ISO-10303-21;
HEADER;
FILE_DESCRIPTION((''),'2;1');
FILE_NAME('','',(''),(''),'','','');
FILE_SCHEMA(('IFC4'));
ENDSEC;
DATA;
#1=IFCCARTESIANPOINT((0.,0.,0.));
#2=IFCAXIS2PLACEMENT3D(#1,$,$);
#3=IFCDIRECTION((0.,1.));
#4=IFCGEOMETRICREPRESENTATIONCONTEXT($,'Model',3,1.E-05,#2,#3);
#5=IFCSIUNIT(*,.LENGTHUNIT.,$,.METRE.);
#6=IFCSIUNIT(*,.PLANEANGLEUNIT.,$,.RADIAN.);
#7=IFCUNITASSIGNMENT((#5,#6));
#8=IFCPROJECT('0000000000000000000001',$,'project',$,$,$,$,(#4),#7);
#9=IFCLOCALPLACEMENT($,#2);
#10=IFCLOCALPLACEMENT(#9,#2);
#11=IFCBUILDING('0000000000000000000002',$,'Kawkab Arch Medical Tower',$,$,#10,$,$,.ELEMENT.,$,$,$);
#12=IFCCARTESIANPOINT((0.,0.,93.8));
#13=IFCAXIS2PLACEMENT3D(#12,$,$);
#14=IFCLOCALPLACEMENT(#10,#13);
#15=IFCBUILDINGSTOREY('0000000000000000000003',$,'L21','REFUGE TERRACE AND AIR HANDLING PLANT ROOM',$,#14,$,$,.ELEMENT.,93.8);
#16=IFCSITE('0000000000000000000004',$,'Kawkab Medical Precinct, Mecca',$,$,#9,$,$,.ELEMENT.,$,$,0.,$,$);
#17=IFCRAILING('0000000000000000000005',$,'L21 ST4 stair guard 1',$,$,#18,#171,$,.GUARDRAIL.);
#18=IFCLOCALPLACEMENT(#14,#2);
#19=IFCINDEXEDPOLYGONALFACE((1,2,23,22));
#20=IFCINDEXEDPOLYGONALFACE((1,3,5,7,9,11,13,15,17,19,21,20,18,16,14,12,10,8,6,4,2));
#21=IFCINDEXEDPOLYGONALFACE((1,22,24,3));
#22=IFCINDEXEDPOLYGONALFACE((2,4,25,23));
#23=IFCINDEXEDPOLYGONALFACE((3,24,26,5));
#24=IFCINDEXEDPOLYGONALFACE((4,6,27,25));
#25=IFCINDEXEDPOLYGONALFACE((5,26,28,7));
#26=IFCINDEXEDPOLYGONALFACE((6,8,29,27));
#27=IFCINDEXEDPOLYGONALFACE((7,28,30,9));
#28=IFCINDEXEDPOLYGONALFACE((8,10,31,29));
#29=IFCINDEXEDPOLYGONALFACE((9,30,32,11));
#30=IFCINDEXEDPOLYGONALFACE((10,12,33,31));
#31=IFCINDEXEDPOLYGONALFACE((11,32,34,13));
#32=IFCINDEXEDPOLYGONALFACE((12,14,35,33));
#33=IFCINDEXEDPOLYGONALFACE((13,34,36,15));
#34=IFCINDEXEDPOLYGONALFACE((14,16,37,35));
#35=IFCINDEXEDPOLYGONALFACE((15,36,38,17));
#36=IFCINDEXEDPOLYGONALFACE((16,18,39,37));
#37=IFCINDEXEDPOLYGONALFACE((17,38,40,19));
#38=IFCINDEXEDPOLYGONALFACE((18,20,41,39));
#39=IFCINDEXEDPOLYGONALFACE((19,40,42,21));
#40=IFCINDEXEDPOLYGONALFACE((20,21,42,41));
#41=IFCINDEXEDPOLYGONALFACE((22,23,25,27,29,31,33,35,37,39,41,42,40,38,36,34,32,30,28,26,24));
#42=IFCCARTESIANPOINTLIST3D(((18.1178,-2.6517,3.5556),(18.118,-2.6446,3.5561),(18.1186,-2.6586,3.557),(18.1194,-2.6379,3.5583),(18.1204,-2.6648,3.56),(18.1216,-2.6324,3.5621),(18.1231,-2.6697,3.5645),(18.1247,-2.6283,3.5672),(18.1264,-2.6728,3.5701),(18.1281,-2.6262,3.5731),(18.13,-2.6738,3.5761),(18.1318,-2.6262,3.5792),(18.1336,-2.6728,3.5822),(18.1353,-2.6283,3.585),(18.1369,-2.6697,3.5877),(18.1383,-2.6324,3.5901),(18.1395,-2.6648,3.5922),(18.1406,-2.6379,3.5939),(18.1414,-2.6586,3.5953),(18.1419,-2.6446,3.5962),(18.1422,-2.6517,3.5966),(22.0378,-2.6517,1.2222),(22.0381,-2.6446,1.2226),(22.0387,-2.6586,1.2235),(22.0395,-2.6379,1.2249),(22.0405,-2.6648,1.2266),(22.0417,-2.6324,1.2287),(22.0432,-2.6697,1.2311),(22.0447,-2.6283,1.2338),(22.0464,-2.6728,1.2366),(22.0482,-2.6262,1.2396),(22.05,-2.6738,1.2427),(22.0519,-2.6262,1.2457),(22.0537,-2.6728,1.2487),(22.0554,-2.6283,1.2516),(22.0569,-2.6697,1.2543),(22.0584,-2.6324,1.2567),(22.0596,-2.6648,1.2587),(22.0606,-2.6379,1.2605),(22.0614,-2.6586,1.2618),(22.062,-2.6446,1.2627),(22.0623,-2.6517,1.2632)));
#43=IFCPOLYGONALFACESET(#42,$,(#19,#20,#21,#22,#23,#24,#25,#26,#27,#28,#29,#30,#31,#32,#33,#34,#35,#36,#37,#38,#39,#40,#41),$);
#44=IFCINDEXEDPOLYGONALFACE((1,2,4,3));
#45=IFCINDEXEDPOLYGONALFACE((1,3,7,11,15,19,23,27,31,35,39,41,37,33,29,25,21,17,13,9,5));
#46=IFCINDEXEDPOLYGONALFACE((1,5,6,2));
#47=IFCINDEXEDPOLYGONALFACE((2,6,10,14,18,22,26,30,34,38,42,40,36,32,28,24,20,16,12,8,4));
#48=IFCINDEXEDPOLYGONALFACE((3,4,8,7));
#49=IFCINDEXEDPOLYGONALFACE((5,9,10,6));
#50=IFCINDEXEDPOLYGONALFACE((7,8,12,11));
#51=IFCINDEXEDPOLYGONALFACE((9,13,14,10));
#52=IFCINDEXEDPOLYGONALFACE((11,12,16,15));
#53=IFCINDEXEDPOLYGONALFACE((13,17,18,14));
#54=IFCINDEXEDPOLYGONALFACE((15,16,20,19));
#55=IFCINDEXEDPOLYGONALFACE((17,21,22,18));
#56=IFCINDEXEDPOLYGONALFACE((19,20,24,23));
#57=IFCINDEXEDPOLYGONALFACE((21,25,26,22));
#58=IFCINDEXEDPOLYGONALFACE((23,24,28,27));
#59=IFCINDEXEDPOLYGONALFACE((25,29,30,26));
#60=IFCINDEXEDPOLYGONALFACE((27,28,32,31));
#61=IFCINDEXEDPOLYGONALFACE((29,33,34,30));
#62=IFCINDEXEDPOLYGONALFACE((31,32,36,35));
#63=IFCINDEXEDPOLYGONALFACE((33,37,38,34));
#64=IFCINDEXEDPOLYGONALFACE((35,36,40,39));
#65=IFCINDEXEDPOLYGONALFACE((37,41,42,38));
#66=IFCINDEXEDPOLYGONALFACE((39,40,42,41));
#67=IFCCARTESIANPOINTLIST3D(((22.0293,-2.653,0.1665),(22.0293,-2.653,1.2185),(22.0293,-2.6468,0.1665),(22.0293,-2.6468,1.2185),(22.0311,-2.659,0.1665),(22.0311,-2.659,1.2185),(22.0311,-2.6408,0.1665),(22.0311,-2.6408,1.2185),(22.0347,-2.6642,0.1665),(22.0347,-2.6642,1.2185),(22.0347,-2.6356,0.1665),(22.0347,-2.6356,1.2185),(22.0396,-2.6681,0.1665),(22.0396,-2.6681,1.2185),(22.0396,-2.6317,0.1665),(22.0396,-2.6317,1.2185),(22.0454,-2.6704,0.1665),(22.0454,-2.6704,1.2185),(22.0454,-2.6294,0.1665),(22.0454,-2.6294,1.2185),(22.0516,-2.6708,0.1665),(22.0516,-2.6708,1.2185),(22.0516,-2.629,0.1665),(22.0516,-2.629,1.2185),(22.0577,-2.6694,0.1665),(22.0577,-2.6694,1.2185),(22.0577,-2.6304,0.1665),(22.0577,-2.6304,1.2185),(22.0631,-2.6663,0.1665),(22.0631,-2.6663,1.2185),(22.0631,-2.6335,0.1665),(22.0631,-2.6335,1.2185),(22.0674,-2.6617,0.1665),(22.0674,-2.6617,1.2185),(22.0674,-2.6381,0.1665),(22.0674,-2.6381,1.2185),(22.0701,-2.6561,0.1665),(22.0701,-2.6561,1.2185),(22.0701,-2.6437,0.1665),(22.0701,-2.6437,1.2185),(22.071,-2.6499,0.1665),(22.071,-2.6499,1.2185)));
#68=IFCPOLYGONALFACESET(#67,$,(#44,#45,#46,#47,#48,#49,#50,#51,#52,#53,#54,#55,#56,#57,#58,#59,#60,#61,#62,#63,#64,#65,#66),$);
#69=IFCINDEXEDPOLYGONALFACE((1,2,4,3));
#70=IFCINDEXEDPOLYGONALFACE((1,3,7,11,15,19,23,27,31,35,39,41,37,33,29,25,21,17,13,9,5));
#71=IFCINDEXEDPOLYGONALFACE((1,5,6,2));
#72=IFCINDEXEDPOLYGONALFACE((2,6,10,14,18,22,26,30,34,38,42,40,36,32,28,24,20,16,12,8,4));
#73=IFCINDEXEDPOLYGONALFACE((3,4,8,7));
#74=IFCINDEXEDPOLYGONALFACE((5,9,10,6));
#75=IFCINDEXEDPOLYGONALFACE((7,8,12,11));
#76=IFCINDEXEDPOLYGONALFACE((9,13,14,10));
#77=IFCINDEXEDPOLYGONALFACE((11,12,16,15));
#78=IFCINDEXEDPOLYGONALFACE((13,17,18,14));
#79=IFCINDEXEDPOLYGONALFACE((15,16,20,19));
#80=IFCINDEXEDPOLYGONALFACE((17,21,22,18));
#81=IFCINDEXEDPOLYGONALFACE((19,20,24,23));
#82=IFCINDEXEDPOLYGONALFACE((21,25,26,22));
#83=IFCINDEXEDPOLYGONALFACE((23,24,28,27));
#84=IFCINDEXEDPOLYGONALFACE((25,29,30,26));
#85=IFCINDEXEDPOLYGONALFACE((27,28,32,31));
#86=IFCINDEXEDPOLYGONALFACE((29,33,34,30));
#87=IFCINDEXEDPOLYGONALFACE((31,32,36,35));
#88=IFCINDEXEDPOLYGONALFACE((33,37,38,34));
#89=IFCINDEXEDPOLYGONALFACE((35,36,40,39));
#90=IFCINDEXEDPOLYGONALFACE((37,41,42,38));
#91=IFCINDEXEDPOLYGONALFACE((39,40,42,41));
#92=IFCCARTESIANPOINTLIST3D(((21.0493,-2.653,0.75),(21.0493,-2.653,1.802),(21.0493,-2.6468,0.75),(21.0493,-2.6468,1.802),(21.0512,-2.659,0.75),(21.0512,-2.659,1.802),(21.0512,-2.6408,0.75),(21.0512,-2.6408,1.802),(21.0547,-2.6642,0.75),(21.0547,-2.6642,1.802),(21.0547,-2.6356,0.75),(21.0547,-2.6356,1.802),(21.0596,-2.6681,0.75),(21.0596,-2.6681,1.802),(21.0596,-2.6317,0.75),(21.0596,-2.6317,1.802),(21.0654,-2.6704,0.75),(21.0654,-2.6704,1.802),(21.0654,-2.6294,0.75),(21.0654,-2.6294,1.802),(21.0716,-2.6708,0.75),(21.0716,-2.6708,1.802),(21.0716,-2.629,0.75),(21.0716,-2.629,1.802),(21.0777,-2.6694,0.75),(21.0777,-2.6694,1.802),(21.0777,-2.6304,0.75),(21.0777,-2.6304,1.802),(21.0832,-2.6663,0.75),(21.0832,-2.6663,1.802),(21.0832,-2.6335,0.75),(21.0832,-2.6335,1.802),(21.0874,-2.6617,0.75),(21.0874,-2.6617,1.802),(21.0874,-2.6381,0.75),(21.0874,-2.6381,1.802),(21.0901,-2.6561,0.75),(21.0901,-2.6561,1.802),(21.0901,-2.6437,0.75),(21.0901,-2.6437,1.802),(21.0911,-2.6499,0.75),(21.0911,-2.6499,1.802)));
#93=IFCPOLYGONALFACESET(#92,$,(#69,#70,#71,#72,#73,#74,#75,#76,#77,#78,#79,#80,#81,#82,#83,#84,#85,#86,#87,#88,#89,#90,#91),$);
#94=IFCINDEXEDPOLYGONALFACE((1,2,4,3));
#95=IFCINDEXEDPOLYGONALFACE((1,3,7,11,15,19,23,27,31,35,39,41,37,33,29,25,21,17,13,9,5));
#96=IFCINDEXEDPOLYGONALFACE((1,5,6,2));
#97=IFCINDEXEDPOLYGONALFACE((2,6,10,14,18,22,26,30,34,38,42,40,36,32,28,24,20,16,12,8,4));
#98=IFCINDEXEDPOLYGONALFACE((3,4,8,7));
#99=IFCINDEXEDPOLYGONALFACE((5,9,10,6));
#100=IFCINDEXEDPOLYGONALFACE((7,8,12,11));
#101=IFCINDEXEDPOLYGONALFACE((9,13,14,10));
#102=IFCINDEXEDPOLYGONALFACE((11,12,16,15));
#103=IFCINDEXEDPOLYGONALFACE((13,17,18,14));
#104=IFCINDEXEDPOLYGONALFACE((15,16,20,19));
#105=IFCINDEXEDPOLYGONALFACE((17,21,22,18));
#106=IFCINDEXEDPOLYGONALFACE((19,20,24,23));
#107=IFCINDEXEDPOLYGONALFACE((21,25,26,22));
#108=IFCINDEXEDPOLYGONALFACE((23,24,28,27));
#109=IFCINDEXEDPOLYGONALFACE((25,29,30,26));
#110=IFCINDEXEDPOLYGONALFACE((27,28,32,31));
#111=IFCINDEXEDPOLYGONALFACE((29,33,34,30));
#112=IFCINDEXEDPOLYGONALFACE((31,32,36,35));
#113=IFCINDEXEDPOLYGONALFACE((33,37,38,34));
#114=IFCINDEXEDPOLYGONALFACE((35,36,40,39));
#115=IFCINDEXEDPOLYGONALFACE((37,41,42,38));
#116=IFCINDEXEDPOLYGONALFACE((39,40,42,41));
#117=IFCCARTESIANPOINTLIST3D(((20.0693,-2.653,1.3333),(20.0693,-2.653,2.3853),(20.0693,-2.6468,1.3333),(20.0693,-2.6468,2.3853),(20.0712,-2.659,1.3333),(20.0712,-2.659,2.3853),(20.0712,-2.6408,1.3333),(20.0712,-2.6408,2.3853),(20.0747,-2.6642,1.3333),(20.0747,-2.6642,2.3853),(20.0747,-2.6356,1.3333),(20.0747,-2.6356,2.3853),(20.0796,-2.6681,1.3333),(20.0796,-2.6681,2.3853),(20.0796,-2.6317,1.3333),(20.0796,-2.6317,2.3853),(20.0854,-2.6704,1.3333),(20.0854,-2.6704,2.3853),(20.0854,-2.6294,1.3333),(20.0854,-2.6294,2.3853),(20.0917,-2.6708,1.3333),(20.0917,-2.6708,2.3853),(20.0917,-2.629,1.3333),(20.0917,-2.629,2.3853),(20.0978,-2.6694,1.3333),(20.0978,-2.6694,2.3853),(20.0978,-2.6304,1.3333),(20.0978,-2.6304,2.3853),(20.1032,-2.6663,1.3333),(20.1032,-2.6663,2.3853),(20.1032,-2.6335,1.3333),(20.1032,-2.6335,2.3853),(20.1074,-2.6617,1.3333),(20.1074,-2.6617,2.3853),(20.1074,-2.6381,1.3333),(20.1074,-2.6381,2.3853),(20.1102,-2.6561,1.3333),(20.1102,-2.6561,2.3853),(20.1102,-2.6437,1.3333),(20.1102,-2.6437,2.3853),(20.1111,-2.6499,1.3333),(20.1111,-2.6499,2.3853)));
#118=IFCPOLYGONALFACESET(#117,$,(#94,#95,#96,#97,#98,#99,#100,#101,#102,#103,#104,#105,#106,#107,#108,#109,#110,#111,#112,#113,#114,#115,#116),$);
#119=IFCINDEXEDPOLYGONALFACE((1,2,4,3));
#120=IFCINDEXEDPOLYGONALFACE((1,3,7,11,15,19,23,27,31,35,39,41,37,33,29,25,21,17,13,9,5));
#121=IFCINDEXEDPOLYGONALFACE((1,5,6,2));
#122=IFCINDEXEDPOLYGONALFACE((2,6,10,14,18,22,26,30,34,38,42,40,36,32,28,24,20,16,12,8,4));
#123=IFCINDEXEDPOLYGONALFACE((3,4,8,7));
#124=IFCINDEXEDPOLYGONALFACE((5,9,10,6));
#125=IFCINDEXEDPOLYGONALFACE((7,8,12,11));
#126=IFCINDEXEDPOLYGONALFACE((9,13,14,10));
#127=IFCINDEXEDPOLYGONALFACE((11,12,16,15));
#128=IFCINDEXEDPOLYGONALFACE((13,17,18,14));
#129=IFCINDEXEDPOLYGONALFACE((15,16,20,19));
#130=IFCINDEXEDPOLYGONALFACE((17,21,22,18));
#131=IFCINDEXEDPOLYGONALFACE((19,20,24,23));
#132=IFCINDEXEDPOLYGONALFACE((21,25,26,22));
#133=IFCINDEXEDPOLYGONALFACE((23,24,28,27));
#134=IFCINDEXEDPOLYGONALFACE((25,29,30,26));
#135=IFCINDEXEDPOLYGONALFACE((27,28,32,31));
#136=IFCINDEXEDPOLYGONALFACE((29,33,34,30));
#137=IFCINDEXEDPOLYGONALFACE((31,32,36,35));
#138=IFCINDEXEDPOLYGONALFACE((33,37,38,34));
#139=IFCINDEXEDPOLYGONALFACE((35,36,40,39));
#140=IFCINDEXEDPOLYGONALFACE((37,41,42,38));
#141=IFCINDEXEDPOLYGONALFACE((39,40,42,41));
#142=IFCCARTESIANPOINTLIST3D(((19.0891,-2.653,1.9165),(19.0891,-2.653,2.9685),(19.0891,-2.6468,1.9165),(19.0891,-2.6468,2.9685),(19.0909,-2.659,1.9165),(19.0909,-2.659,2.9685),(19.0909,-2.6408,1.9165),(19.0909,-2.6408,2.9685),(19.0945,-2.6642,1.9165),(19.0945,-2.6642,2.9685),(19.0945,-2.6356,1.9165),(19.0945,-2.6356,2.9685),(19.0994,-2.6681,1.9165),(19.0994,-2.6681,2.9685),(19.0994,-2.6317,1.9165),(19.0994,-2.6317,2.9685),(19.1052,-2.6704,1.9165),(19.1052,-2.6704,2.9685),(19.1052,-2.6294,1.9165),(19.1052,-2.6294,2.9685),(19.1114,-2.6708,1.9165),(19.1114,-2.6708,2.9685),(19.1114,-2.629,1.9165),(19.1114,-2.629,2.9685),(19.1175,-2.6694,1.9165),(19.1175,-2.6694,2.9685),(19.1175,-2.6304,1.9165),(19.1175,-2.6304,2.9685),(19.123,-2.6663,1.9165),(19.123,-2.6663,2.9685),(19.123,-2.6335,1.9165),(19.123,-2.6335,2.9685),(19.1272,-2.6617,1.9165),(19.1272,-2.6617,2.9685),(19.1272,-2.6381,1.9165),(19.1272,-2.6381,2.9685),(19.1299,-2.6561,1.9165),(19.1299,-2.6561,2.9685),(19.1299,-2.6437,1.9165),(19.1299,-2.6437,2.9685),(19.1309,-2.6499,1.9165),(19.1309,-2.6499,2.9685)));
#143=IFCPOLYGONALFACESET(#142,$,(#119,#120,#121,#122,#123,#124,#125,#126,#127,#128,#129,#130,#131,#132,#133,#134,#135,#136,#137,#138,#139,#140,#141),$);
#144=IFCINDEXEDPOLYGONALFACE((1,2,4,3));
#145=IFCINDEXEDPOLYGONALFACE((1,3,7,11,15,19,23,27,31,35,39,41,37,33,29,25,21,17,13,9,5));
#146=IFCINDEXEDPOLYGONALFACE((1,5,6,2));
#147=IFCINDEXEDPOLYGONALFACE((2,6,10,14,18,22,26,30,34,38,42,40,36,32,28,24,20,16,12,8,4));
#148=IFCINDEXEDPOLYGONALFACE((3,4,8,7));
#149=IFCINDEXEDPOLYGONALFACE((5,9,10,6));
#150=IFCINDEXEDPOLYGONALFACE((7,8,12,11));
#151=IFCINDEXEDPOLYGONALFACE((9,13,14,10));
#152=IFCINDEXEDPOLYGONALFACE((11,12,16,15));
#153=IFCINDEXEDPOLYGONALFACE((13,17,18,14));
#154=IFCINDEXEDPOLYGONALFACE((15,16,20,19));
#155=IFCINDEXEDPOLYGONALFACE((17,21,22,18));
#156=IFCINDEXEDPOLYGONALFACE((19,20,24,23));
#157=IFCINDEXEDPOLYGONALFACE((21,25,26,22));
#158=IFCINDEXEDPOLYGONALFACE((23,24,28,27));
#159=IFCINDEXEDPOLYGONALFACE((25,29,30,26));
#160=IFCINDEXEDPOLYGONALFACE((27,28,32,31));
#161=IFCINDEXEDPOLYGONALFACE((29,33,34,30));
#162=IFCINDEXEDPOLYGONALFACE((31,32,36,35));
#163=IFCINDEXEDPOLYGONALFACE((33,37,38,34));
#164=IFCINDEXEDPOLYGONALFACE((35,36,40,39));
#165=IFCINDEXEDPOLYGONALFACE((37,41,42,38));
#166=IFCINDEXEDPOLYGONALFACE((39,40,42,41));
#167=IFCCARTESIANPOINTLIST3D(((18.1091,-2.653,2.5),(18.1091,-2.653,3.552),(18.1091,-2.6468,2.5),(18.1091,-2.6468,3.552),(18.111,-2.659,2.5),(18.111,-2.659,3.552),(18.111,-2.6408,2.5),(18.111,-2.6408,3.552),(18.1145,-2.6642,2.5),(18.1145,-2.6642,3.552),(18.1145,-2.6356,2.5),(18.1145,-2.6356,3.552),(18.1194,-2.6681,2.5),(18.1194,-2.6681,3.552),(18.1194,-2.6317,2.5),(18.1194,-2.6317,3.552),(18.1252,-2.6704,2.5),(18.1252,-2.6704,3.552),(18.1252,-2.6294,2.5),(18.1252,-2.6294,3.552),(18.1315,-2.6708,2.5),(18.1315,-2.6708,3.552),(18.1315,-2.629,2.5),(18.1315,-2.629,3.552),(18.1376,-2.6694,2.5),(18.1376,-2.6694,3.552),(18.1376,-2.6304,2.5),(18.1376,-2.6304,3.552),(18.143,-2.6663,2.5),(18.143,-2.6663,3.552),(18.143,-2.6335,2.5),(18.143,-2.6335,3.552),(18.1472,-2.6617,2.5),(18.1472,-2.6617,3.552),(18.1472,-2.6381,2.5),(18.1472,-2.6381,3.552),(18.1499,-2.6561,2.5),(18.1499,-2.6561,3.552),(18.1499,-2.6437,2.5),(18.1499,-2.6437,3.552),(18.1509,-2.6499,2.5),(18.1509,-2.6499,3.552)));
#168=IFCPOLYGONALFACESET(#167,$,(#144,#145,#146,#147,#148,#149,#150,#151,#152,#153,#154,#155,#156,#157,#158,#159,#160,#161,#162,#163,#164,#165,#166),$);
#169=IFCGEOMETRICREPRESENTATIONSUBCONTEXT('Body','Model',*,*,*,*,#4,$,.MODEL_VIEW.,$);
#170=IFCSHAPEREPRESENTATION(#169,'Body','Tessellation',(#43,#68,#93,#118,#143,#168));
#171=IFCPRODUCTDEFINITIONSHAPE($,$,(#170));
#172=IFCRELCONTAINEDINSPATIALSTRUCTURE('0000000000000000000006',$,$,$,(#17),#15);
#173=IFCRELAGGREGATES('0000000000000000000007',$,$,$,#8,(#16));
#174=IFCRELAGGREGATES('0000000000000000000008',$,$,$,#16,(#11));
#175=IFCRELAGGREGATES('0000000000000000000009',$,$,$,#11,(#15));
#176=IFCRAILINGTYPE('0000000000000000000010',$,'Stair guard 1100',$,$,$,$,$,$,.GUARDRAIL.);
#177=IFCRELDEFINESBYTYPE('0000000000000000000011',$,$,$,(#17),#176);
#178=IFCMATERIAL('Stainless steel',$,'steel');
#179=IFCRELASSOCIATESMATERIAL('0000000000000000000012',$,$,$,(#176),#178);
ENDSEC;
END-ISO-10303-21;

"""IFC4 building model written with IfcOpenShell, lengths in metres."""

from ifc_helpers import new_model, si_unit, direction, frame, origin, origin_2d, place, context, subcontext, project, spatial, circle, extrude, material, type_object, element, save


model = new_model("IFC4")

# Units and contexts
model_context = context("Model", 3, precision=1e-05, world=origin(), true_north=direction((0.0, 1.0)))
body_context = subcontext(model_context, "Body", "Model", "MODEL_VIEW")
ifc_project = project(units=[si_unit("LENGTHUNIT", "METRE"), si_unit("PLANEANGLEUNIT", "RADIAN")], contexts=[model_context])

# Site, building, storey
site_placement = place(None, origin())
site = spatial("IfcSite", under=ifc_project, at=site_placement, Name="Kawkab Medical Precinct, Mecca", CompositionType="ELEMENT", RefElevation=0.0)
building_placement = place(site_placement, origin())
building = spatial("IfcBuilding", under=site, at=building_placement, Name="Kawkab Arch Medical Tower", CompositionType="ELEMENT")
storey_placement = place(building_placement, frame((0.0, 0.0, 93.8)))
storey = spatial("IfcBuildingStorey", under=building, at=storey_placement, Name="L21", Description="REFUGE TERRACE AND AIR HANDLING PLANT ROOM", CompositionType="ELEMENT", Elevation=93.8)

# Railing
ifc_material_1 = material(Name="Stainless steel", Category="steel")
railing_type_1 = type_object("IfcRailingType", Name="Stair guard 1100", PredefinedType="GUARDRAIL", material=ifc_material_1)
railing_1_placement = place(storey_placement, frame((22.05, -2.6499, 0.1665)))
element("IfcRailing", 1, at=railing_1_placement, inside=storey, type_object=railing_type_1, Name="L21 ST4 stair guard 1", PredefinedType="GUARDRAIL", context=body_context, shape_type="SweptSolid", body=[
    extrude(circle(Radius=0.0239, at=origin_2d()), frame((0.0, 0.0, 1.0762), z_axis=(-0.859287, 0.0, 0.511494), x_axis=(0.0, -1.0, 0.0)), (0.0, 0.0, 1.0), 4.562),
    extrude(circle(Radius=0.021, at=origin_2d()), origin(), (0.0, 0.0, 1.0), 1.052),
    extrude(circle(Radius=0.021, at=origin_2d()), frame((-0.98, 0.0, 0.5835)), (0.0, 0.0, 1.0), 1.052),
    extrude(circle(Radius=0.021, at=origin_2d()), frame((-1.96, 0.0, 1.1667)), (0.0, 0.0, 1.0), 1.052),
    extrude(circle(Radius=0.021, at=origin_2d()), frame((-2.9402, 0.0, 1.75)), (0.0, 0.0, 1.0), 1.052),
    extrude(circle(Radius=0.021, at=origin_2d()), frame((-3.9202, 0.0, 2.3335)), (0.0, 0.0, 1.0), 1.052),
])

save(model, "model.ifc")
